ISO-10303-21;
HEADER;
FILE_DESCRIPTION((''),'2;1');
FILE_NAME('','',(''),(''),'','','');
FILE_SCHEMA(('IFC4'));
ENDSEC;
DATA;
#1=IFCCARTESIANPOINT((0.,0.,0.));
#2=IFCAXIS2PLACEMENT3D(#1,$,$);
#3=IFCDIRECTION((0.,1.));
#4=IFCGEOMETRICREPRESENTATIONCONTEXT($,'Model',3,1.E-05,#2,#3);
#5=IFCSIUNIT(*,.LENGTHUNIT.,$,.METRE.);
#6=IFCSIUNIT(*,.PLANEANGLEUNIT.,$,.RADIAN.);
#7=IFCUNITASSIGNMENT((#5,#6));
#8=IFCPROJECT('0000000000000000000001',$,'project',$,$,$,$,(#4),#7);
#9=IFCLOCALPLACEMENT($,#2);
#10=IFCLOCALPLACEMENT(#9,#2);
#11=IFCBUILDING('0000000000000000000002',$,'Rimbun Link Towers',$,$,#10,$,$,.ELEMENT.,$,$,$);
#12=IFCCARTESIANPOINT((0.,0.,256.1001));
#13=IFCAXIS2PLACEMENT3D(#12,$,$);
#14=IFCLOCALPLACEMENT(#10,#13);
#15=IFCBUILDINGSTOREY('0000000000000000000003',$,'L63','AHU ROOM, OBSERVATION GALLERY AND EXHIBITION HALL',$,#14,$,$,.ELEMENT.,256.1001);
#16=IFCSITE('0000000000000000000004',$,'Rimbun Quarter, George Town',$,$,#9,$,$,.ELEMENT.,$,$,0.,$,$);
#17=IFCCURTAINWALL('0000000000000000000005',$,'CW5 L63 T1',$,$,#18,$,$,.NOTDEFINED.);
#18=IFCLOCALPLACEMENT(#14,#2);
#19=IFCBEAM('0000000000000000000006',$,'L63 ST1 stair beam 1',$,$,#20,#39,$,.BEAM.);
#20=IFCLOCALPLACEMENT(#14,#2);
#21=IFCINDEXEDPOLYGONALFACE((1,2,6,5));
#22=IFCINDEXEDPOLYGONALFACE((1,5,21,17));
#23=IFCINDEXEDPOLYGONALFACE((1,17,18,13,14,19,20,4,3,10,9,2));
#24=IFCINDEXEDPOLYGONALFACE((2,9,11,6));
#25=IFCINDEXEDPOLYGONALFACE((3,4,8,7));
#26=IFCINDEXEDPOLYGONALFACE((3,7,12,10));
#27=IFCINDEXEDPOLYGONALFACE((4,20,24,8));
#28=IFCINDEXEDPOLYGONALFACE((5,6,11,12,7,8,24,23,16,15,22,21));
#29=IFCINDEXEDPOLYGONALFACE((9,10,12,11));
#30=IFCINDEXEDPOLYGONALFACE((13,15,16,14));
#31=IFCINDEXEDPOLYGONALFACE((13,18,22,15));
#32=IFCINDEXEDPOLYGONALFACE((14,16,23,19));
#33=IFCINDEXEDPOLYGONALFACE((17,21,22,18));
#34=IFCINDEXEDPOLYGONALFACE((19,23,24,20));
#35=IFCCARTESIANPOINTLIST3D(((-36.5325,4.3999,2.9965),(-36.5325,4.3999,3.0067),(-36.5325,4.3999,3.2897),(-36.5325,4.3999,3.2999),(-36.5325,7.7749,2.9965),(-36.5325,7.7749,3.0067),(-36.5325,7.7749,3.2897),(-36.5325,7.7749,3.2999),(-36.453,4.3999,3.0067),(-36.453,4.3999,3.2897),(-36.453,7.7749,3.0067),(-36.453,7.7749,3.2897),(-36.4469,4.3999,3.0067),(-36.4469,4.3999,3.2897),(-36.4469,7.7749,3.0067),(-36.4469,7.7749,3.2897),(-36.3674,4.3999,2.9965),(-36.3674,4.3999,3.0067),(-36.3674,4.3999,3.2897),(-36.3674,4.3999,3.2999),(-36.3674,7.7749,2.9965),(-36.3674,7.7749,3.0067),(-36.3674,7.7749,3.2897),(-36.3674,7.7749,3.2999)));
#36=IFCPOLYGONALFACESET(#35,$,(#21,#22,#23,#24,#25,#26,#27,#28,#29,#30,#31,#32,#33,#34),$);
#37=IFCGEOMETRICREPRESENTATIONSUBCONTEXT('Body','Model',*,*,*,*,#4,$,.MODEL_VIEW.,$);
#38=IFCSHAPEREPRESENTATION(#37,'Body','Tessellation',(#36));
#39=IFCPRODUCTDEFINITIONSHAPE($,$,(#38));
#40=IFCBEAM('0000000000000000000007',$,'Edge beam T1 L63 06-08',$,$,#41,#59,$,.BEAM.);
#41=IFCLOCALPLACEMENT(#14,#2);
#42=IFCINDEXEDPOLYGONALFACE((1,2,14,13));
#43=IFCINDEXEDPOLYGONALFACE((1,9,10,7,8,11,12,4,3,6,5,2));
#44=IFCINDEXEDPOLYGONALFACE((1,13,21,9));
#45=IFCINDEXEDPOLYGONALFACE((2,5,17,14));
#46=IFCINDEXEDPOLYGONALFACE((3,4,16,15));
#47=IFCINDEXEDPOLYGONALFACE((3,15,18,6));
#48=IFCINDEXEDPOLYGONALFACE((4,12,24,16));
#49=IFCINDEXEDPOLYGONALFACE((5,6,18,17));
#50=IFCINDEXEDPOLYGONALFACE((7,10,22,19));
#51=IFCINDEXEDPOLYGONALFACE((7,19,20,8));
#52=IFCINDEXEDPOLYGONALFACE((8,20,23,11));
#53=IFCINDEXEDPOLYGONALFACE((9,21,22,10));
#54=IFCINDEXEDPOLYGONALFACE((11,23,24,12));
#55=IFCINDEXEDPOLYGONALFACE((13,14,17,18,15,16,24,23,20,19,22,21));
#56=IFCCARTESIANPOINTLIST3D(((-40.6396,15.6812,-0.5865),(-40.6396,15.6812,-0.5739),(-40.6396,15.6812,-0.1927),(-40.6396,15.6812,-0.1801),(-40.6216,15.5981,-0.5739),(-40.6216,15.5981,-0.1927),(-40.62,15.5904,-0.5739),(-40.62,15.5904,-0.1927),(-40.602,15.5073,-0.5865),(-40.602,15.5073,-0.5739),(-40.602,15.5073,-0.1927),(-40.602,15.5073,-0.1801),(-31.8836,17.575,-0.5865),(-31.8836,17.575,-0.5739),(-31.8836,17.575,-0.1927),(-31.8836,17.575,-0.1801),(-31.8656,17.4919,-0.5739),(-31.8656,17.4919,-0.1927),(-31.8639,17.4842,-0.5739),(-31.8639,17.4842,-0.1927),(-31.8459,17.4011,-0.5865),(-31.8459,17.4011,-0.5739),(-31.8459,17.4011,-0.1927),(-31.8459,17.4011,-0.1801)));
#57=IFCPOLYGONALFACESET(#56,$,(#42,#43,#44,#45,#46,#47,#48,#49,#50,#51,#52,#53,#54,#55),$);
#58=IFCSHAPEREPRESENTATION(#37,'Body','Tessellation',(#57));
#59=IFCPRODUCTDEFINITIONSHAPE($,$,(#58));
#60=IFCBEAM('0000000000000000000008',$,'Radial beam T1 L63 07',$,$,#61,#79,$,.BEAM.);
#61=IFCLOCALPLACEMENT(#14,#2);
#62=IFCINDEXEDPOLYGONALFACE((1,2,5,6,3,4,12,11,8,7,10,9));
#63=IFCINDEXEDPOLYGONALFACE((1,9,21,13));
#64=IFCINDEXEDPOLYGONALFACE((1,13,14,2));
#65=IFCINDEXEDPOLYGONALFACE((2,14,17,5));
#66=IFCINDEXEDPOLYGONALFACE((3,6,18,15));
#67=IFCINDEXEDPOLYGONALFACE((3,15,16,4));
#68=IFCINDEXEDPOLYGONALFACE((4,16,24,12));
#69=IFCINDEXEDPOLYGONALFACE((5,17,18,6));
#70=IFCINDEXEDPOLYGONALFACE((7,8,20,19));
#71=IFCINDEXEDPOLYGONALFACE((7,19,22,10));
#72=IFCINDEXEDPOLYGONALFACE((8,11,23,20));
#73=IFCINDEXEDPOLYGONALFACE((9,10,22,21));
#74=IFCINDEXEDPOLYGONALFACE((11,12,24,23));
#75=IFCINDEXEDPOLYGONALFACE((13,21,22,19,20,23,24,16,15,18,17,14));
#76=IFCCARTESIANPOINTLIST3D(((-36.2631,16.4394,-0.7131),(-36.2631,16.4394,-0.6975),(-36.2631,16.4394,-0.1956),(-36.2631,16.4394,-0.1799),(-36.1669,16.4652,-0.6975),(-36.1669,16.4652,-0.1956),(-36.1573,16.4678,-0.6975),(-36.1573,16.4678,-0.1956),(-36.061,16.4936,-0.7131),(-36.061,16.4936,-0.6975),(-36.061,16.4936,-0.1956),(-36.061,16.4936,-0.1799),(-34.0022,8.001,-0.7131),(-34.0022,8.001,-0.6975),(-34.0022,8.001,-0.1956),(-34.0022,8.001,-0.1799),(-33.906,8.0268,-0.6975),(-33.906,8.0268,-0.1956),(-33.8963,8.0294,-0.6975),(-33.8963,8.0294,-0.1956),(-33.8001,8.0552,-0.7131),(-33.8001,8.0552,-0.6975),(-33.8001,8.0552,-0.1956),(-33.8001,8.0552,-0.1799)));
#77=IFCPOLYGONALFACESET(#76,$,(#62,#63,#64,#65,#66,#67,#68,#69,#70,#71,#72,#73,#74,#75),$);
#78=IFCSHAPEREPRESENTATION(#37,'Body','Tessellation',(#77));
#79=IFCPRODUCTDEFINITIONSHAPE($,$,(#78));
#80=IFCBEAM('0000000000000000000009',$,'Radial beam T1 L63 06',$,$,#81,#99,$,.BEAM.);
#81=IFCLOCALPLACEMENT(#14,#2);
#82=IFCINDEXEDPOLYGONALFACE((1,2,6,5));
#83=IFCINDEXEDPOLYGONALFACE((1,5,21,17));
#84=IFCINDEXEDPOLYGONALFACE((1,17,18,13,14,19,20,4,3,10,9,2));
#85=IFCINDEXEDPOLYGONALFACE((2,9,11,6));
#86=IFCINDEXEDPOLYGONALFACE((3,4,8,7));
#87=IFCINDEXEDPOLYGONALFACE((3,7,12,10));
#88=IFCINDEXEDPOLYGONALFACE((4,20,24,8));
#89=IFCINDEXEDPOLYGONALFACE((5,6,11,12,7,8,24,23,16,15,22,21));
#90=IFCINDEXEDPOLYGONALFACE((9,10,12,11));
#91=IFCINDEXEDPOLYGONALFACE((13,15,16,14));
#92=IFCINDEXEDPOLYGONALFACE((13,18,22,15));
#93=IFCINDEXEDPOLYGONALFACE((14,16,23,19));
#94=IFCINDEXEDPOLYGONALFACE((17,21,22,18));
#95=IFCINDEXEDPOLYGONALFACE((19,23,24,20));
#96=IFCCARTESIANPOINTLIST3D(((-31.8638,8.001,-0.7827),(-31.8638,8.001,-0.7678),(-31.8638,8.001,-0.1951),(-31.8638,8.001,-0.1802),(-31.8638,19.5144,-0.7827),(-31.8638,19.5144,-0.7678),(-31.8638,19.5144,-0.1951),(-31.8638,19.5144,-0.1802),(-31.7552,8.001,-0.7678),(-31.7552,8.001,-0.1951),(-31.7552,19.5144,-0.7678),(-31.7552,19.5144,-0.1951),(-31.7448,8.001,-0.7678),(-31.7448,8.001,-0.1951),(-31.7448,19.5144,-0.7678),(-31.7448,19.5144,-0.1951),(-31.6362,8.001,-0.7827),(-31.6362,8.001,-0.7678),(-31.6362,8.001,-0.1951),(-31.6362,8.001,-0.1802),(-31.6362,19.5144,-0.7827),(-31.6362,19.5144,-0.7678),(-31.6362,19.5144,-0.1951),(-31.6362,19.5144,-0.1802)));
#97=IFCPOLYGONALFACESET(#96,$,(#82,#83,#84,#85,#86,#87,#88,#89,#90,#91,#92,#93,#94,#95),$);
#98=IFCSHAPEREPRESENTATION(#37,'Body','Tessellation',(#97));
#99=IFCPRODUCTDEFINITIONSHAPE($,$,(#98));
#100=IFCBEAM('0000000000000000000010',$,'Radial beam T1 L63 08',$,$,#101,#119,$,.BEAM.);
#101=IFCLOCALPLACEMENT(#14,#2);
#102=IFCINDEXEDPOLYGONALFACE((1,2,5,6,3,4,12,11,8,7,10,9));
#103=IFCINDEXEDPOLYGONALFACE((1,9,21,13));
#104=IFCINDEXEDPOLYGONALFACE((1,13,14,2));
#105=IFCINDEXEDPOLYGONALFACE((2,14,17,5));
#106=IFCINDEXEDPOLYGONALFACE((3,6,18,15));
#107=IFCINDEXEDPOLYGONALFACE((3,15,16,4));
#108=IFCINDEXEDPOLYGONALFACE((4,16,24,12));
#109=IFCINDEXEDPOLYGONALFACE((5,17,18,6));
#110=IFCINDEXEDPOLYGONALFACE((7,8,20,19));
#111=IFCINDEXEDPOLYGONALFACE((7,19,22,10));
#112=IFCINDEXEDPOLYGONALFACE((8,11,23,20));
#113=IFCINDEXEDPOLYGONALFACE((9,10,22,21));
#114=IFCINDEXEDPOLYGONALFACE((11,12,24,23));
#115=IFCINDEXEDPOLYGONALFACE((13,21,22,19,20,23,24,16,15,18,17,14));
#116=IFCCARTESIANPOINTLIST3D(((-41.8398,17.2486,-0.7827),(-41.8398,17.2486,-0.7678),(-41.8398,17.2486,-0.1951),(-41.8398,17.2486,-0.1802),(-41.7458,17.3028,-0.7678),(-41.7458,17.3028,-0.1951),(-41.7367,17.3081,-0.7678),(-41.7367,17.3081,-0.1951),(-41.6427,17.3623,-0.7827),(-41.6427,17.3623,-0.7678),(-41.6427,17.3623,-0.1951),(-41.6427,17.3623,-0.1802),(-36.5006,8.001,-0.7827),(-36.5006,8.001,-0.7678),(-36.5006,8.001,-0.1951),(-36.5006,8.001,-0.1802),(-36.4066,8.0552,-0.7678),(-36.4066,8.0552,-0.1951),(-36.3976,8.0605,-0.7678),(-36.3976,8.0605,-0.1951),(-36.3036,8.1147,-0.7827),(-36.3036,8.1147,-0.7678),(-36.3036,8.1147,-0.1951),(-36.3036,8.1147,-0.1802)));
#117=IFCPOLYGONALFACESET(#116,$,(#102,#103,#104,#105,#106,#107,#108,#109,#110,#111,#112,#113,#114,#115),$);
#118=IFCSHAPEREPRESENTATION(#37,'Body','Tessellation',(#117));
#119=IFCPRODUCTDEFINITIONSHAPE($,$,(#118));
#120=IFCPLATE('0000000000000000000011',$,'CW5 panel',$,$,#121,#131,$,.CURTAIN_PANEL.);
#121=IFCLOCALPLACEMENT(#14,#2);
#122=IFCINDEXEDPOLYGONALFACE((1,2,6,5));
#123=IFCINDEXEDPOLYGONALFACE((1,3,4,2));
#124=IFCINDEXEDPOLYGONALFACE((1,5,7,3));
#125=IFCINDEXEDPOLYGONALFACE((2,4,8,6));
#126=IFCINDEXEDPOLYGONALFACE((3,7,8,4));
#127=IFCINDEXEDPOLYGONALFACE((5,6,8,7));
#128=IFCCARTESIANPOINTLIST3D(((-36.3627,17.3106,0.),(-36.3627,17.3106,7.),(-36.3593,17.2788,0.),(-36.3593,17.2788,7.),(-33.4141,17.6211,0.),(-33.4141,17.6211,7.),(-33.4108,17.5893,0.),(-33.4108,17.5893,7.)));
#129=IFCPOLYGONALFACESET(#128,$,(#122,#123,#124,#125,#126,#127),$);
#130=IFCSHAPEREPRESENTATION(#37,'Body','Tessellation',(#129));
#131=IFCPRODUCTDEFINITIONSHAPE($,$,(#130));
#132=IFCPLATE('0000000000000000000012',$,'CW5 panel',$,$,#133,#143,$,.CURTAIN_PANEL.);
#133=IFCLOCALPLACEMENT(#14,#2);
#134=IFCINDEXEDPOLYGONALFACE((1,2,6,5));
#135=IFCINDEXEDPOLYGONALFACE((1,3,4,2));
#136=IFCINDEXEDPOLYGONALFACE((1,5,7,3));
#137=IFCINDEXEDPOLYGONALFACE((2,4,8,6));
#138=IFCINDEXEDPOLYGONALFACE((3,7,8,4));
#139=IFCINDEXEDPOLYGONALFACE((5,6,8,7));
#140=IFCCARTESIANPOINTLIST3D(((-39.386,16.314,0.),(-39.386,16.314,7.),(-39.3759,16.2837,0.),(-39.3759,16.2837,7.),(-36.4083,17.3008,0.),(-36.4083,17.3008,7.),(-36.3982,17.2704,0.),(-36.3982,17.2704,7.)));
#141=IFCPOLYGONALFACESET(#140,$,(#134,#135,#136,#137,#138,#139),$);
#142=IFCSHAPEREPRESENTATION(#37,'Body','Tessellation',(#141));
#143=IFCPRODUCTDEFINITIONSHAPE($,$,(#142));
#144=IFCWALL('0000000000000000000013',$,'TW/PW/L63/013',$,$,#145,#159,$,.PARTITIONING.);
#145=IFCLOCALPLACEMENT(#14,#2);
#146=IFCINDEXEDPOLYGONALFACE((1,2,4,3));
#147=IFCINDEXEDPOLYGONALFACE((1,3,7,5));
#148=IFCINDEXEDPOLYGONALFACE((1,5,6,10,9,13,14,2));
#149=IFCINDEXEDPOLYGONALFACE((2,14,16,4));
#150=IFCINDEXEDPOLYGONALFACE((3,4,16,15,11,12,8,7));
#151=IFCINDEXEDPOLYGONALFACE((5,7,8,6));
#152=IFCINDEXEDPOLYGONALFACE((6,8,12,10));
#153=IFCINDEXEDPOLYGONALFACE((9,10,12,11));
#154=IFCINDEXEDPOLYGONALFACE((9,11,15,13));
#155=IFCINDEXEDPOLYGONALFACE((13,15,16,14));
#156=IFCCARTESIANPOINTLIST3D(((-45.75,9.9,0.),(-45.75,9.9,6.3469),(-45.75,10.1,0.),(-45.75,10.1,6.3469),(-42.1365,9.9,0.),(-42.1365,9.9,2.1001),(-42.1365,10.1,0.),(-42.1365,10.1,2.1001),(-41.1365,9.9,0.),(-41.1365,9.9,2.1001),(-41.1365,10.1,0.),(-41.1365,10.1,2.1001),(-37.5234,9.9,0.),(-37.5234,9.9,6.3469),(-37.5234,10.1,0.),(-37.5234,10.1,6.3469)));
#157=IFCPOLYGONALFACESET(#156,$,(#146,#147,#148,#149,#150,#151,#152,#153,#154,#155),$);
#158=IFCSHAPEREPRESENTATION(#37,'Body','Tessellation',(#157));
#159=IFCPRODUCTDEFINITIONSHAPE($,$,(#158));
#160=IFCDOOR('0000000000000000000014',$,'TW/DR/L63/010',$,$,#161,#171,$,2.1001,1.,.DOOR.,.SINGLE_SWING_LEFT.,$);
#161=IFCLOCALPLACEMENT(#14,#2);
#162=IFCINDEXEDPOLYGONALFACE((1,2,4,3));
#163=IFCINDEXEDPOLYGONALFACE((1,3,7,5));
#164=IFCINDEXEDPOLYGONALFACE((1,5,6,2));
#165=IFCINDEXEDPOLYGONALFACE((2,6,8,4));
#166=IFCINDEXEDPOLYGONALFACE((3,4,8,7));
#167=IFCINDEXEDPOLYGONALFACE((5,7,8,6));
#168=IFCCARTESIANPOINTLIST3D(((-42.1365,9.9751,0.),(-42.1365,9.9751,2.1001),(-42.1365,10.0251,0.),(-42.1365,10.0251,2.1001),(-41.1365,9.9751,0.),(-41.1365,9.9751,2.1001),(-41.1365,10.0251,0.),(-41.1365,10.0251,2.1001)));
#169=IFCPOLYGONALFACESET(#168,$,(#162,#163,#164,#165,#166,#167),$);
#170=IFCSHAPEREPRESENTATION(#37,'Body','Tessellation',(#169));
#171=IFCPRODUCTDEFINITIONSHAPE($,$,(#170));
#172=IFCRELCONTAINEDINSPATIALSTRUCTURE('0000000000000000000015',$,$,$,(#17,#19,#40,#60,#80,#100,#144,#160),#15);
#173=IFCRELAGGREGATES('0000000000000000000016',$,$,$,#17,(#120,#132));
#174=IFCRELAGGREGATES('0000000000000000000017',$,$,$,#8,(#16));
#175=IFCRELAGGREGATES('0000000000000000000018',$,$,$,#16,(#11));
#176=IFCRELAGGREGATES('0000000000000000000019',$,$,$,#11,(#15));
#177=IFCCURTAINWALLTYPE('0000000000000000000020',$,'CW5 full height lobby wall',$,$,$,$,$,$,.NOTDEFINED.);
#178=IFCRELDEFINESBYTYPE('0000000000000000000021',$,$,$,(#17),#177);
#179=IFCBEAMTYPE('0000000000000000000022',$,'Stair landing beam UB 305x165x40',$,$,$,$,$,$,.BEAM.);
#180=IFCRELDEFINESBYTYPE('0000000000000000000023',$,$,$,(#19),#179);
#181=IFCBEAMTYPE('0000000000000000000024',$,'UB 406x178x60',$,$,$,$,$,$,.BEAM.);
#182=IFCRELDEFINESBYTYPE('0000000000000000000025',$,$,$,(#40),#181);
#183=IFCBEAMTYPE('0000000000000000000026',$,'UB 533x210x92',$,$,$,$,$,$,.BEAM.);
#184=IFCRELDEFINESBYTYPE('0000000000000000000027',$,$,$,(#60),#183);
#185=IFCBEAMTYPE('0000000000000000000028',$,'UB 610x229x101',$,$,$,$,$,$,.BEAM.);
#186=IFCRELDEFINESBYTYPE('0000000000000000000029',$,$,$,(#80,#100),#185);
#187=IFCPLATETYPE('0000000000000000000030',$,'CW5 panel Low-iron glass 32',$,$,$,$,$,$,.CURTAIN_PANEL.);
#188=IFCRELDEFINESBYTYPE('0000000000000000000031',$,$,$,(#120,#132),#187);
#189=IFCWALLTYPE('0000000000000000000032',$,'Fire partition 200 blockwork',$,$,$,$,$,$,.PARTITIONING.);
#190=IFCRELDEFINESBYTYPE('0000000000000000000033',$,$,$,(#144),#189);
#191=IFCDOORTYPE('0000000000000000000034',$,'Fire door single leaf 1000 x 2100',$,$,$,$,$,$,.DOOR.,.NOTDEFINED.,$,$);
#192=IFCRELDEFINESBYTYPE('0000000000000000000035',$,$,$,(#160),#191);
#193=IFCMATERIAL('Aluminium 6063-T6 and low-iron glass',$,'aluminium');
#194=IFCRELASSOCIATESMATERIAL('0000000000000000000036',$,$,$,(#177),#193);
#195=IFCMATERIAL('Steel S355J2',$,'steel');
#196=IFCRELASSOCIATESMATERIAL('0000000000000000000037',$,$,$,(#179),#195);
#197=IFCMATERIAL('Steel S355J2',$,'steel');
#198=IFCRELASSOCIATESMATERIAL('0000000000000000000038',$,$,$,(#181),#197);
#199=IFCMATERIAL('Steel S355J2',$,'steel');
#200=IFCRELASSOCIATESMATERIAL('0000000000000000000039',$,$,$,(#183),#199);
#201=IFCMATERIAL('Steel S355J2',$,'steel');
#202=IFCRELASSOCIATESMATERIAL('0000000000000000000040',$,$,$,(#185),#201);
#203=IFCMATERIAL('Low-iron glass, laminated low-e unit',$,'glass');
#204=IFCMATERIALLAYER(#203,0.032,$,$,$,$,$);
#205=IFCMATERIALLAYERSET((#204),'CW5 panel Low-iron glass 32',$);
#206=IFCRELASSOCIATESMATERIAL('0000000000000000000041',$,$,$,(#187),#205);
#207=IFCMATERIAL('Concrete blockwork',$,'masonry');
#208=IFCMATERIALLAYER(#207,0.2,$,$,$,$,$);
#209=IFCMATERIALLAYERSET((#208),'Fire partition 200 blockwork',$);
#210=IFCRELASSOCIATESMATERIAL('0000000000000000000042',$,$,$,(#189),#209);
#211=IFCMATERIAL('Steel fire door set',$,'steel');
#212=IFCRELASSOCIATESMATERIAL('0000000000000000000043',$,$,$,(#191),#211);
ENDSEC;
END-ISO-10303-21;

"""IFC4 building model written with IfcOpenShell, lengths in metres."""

from ifc_helpers import new_model, si_unit, direction, frame, frame_2d, origin, origin_2d, place, context, subcontext, project, spatial, rectangle, i_section, extrude, material, layer, layer_set, material_profile, profile_set, type_object, element, fill, aggregate, save


model = new_model("IFC4")

# Units and contexts
model_context = context("Model", 3, precision=1e-05, world=origin(), true_north=direction((0.0, 1.0)))
body_context = subcontext(model_context, "Body", "Model", "MODEL_VIEW")
ifc_project = project(units=[si_unit("LENGTHUNIT", "METRE"), si_unit("PLANEANGLEUNIT", "RADIAN")], contexts=[model_context])

# Site, building, storey
site_placement = place(None, origin())
site = spatial("IfcSite", under=ifc_project, at=site_placement, Name="Rimbun Quarter, George Town", CompositionType="ELEMENT", RefElevation=0.0)
building_placement = place(site_placement, origin())
building = spatial("IfcBuilding", under=site, at=building_placement, Name="Rimbun Link Towers", CompositionType="ELEMENT")
storey_placement = place(building_placement, frame((0.0, 0.0, 256.1001)))
storey = spatial("IfcBuildingStorey", under=building, at=storey_placement, Name="L63", Description="AHU ROOM, OBSERVATION GALLERY AND EXHIBITION HALL", CompositionType="ELEMENT", Elevation=256.1001)

# Curtain wall
ifc_material_1 = material(Name="Aluminium 6063-T6 and low-iron glass", Category="aluminium")
curtain_wall_type = type_object("IfcCurtainWallType", Name="CW5 full height lobby wall", PredefinedType="NOTDEFINED", material=ifc_material_1)
curtain_wall_placement = place(storey_placement, origin())
curtain_wall = element("IfcCurtainWall", 1, at=curtain_wall_placement, inside=storey, type_object=curtain_wall_type, Name="CW5 L63 T1", PredefinedType="NOTDEFINED")

# Beams
ifc_material_2 = material(Name="Steel S355J2", Category="steel")
ifc_material_profile_1 = material_profile(ifc_material_2, i_section(OverallWidth=0.165, OverallDepth=0.3035, WebThickness=0.0061, FlangeThickness=0.0103, at=origin_2d()), Name="UB 305x165x40")
ifc_profile_set_1 = profile_set([ifc_material_profile_1], Name="Steel S355J2")
beam_type_1 = type_object("IfcBeamType", Name="Stair landing beam UB 305x165x40", PredefinedType="BEAM", material=ifc_profile_set_1)
beam_1_placement = place(storey_placement, frame((-36.45, 7.7749, 3.1482), z_axis=(0.0, -1.0, 0.0), x_axis=(1.0, 0.0, 0.0)))
element("IfcBeam", 2, at=beam_1_placement, inside=storey, type_object=beam_type_1, Name="L63 ST1 stair beam 1", PredefinedType="BEAM", context=body_context, shape_type="SweptSolid", body=[
    extrude(i_section(OverallWidth=0.165, OverallDepth=0.3035, WebThickness=0.0061, FlangeThickness=0.0103, at=origin_2d()), origin(), (0.0, 0.0, 1.0), 3.375),
])
ifc_material_3 = material(Name="Steel S355J2", Category="steel")
ifc_material_profile_2 = material_profile(ifc_material_3, i_section(OverallWidth=0.178, OverallDepth=0.4065, WebThickness=0.0078, FlangeThickness=0.0127, at=origin_2d()), Name="UB 406x178x60")
ifc_profile_set_2 = profile_set([ifc_material_profile_2], Name="Steel S355J2")
beam_type_2 = type_object("IfcBeamType", Name="UB 406x178x60", PredefinedType="BEAM", material=ifc_profile_set_2)
beam_2_placement = place(storey_placement, frame((-31.8647, 17.488, -0.3833), z_axis=(-0.977401, -0.211395, 0.0), x_axis=(0.211395, -0.977401, 0.0)))
element("IfcBeam", 3, at=beam_2_placement, inside=storey, type_object=beam_type_2, Name="Edge beam T1 L63 06-08", PredefinedType="BEAM", context=body_context, shape_type="SweptSolid", body=[
    extrude(i_section(OverallWidth=0.178, OverallDepth=0.4065, WebThickness=0.0078, FlangeThickness=0.0127, at=origin_2d()), origin(), (0.0, 0.0, 1.0), 8.9585),
])
ifc_material_4 = material(Name="Steel S355J2", Category="steel")
ifc_material_profile_3 = material_profile(ifc_material_4, i_section(OverallWidth=0.2092, OverallDepth=0.5332, WebThickness=0.01, FlangeThickness=0.0156, at=origin_2d()), Name="UB 533x210x92")
ifc_profile_set_3 = profile_set([ifc_material_profile_3], Name="Steel S355J2")
beam_type_3 = type_object("IfcBeamType", Name="UB 533x210x92", PredefinedType="BEAM", material=ifc_profile_set_3)
beam_3_placement = place(storey_placement, frame((-33.9011, 8.0281, -0.4465), z_axis=(-0.258809, 0.965929, 0.0), x_axis=(-0.965929, -0.258809, 0.0)))
element("IfcBeam", 4, at=beam_3_placement, inside=storey, type_object=beam_type_3, Name="Radial beam T1 L63 07", PredefinedType="BEAM", context=body_context, shape_type="SweptSolid", body=[
    extrude(i_section(OverallWidth=0.2092, OverallDepth=0.5332, WebThickness=0.01, FlangeThickness=0.0156, at=origin_2d()), origin(), (0.0, 0.0, 1.0), 8.7361),
])
ifc_material_5 = material(Name="Steel S355J2", Category="steel")
ifc_material_profile_4 = material_profile(ifc_material_5, i_section(OverallWidth=0.2275, OverallDepth=0.6025, WebThickness=0.0105, FlangeThickness=0.0149, at=origin_2d()), Name="UB 610x229x101")
ifc_profile_set_4 = profile_set([ifc_material_profile_4], Name="Steel S355J2")
beam_type_4 = type_object("IfcBeamType", Name="UB 610x229x101", PredefinedType="BEAM", material=ifc_profile_set_4)
beam_4_placement = place(storey_placement, frame((-31.75, 8.001, -0.4814), z_axis=(0.0, 1.0, 0.0), x_axis=(-1.0, 0.0, 0.0)))
element("IfcBeam", 5, at=beam_4_placement, inside=storey, type_object=beam_type_4, Name="Radial beam T1 L63 06", PredefinedType="BEAM", context=body_context, shape_type="SweptSolid", body=[
    extrude(i_section(OverallWidth=0.2275, OverallDepth=0.6025, WebThickness=0.0105, FlangeThickness=0.0149, at=origin_2d()), origin(), (0.0, 0.0, 1.0), 11.5134),
])
beam_5_placement = place(storey_placement, frame((-36.4021, 8.0579, -0.4814), z_axis=(-0.500002, 0.866024, 0.0), x_axis=(-0.866024, -0.500002, 0.0)))
element("IfcBeam", 6, at=beam_5_placement, inside=storey, type_object=beam_type_4, Name="Radial beam T1 L63 08", PredefinedType="BEAM", context=body_context, shape_type="SweptSolid", body=[
    extrude(i_section(OverallWidth=0.2275, OverallDepth=0.6025, WebThickness=0.0105, FlangeThickness=0.0149, at=origin_2d()), origin(), (0.0, 0.0, 1.0), 10.6782),
])

# Plates
ifc_material_6 = material(Name="Low-iron glass, laminated low-e unit", Category="glass")
ifc_layer_1 = layer(ifc_material_6, 0.032)
ifc_layer_set_1 = layer_set([ifc_layer_1], Name="CW5 panel Low-iron glass 32")
plate_type = type_object("IfcPlateType", Name="CW5 panel Low-iron glass 32", PredefinedType="CURTAIN_PANEL", material=ifc_layer_set_1)
plate_1_placement = place(storey_placement, frame((-34.8867, 17.45, 0.0), z_axis=(0.0, 0.0, 1.0), x_axis=(0.994501, 0.104728, 0.0)))
plate_1 = element("IfcPlate", 7, at=plate_1_placement, type_object=plate_type, Name="CW5 panel", PredefinedType="CURTAIN_PANEL", context=body_context, shape_type="SweptSolid", body=[
    extrude(rectangle(XDim=2.9648, YDim=0.032, at=origin_2d()), origin(), (0.0, 0.0, 1.0), 7.0),
])
plate_2_placement = place(storey_placement, frame((-37.8921, 16.7922, 0.0), z_axis=(0.0, 0.0, 1.0), x_axis=(0.949238, 0.314558, 0.0)))
plate_2 = element("IfcPlate", 8, at=plate_2_placement, type_object=plate_type, Name="CW5 panel", PredefinedType="CURTAIN_PANEL", context=body_context, shape_type="SweptSolid", body=[
    extrude(rectangle(XDim=3.137, YDim=0.032, at=origin_2d()), origin(), (0.0, 0.0, 1.0), 7.0),
])
aggregate(curtain_wall, [plate_1, plate_2])

# Wall, opening, door
ifc_material_7 = material(Name="Concrete blockwork", Category="masonry")
ifc_layer_2 = layer(ifc_material_7, 0.2)
ifc_layer_set_2 = layer_set([ifc_layer_2], Name="Fire partition 200 blockwork")
wall_type_1 = type_object("IfcWallType", Name="Fire partition 200 blockwork", PredefinedType="PARTITIONING", material=ifc_layer_set_2)
wall_1_placement = place(storey_placement, frame((-37.5234, 10.0, 0.0), z_axis=(0.0, 0.0, 1.0), x_axis=(-1.0, 0.0, 0.0)))
wall_1 = element("IfcWall", 9, at=wall_1_placement, inside=storey, type_object=wall_type_1, Name="TW/PW/L63/013", PredefinedType="PARTITIONING", context=body_context, shape_type="SweptSolid", body=[
    extrude(rectangle(XDim=8.2266, YDim=0.2, at=frame_2d((4.1133, 0.0))), origin(), (0.0, 0.0, 1.0), 6.3469),
])
opening_1_placement = place(wall_1_placement, frame((3.613, 0.0, 0.0)))
opening_1 = element("IfcOpeningElement", 10, at=opening_1_placement, cuts=wall_1, PredefinedType="OPENING", context=body_context, shape_type="SweptSolid", body=[
    extrude(rectangle(XDim=1.0, YDim=2.1001, at=frame_2d((0.5, 1.05))), frame((0.0, 0.1099, 0.0), z_axis=(0.0, -1.0, 0.0), x_axis=(1.0, 0.0, 0.0)), (0.0, 0.0, 1.0), 0.22),
])
ifc_material_8 = material(Name="Steel fire door set", Category="steel")
door_type_1 = type_object("IfcDoorType", Name="Fire door single leaf 1000 x 2100", OperationType="NOTDEFINED", PredefinedType="DOOR", material=ifc_material_8)
door_1_placement = place(opening_1_placement, origin())
door_1 = element("IfcDoor", 11, at=door_1_placement, inside=storey, type_object=door_type_1, Name="TW/DR/L63/010", OperationType="SINGLE_SWING_LEFT", OverallHeight=2.1001, OverallWidth=1.0, PredefinedType="DOOR", context=body_context, shape_type="SweptSolid", body=[
    extrude(rectangle(XDim=1.0, YDim=2.1001, at=frame_2d((0.5, 1.05))), frame((0.0, 0.0249, 0.0), z_axis=(0.0, -1.0, 0.0), x_axis=(1.0, 0.0, 0.0)), (0.0, 0.0, 1.0), 0.05),
])
fill(opening_1, door_1)

save(model, "model.ifc")
